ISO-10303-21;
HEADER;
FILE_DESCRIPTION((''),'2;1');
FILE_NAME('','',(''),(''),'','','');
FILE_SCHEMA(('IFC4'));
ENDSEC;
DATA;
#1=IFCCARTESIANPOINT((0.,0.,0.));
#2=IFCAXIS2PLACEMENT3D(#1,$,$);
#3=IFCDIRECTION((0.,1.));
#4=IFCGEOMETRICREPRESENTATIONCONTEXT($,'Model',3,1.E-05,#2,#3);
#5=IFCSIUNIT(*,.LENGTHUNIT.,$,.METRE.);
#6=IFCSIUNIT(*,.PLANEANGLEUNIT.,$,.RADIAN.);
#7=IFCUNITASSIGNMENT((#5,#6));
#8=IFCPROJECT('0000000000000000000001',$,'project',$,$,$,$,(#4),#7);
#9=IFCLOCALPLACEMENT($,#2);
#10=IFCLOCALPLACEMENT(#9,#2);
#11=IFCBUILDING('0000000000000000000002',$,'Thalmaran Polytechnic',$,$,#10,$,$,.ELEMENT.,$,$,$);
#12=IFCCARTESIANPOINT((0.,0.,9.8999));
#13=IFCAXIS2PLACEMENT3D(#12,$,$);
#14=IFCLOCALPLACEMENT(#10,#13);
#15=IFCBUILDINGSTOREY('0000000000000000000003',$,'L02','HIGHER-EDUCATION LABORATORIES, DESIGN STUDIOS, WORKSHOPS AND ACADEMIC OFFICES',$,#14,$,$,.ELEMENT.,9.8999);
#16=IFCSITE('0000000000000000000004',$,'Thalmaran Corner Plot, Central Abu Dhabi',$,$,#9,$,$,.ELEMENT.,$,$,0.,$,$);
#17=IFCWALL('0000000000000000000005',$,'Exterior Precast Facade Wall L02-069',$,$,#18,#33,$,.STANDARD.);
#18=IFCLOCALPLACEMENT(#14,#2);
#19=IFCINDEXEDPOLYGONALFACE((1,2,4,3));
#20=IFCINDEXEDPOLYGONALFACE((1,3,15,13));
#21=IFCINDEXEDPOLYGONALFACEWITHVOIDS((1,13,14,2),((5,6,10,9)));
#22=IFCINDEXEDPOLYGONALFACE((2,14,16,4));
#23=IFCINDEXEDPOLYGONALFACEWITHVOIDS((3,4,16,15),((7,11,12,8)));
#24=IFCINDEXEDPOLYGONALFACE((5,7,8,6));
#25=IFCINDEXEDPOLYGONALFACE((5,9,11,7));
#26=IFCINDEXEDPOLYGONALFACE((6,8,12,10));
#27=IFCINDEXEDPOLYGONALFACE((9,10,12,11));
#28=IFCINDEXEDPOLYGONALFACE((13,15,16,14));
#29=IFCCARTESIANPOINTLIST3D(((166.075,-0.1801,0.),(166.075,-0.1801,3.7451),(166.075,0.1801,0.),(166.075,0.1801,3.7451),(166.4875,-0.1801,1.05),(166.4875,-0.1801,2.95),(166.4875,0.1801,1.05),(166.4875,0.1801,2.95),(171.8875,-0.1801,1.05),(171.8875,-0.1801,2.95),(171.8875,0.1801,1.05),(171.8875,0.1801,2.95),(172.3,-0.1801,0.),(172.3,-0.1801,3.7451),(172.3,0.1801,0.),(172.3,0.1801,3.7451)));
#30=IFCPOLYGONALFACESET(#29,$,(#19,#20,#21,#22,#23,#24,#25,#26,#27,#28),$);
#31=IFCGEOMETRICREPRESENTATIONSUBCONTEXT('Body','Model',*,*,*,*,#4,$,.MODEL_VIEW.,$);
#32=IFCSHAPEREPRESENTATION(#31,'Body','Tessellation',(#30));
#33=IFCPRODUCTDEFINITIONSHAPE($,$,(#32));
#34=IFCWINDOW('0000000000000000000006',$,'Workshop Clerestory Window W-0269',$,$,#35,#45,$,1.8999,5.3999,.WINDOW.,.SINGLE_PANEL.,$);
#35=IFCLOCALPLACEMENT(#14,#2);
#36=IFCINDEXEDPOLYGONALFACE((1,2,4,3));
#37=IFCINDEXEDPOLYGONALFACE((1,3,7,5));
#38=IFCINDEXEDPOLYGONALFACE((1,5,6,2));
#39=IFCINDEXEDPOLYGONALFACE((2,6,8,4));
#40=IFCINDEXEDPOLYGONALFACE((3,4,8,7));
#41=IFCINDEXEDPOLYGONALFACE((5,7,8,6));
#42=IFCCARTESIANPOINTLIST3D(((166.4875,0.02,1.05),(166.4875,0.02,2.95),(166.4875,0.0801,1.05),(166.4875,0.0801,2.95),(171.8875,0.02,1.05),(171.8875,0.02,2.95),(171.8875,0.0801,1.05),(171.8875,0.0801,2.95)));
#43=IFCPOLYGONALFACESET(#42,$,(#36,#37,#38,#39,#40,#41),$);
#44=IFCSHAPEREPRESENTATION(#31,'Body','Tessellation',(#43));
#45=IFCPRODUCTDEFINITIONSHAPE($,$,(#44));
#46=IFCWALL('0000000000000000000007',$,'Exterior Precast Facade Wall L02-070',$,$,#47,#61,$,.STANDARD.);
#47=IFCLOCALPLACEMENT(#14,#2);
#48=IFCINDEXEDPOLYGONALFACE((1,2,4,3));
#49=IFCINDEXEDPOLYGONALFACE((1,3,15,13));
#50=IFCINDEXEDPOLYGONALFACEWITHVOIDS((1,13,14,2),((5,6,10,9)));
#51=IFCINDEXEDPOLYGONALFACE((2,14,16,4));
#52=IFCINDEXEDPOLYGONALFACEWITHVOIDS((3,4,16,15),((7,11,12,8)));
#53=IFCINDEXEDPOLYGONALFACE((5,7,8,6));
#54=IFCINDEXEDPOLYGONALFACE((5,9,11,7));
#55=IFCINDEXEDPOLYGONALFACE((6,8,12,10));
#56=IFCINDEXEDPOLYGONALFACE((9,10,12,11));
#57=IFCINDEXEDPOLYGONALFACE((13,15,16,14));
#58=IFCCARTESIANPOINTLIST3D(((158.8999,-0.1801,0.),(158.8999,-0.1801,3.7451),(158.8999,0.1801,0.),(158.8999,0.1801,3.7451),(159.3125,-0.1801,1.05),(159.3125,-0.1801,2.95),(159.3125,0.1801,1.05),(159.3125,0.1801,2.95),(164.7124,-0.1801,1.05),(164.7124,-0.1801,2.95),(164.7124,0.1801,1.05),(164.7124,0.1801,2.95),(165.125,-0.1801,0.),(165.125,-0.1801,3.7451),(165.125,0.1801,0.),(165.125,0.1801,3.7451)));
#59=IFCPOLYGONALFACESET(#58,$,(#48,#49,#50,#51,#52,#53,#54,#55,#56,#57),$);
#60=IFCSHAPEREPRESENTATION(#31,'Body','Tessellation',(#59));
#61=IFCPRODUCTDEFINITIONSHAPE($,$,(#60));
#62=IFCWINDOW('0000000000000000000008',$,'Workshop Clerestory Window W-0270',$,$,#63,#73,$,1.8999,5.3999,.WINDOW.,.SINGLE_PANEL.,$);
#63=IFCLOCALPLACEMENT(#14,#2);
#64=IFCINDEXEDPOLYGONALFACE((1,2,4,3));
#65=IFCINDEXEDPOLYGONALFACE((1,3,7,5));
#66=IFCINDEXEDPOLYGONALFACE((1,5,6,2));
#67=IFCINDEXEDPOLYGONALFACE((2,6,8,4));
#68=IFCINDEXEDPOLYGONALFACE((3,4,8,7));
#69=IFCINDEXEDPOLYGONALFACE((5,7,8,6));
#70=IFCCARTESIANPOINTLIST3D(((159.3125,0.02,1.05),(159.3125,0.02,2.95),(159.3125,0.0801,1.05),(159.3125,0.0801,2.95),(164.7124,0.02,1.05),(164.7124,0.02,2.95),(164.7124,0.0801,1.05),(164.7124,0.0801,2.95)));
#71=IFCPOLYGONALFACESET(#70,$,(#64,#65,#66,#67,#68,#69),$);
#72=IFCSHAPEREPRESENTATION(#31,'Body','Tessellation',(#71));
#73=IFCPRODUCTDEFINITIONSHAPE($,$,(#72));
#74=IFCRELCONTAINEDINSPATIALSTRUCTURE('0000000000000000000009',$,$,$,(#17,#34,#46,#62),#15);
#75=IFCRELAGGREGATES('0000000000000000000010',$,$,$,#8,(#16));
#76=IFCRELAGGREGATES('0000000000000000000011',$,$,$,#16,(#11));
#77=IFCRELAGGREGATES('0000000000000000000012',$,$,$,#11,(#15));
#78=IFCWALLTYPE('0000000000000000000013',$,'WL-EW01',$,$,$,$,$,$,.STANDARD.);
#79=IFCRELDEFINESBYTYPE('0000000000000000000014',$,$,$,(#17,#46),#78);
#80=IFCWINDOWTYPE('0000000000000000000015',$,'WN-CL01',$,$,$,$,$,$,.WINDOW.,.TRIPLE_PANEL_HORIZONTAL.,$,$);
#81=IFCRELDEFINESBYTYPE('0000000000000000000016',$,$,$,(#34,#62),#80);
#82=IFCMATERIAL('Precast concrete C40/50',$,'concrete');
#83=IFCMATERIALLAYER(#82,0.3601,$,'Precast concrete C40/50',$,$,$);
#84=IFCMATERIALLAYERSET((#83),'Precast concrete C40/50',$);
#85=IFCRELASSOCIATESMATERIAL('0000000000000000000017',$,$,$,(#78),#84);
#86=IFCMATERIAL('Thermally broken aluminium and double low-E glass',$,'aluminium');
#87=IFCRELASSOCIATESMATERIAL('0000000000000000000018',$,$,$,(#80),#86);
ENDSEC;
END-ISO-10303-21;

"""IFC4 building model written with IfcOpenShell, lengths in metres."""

from ifc_helpers import new_model, si_unit, direction, frame, frame_2d, origin, place, context, subcontext, project, spatial, rectangle, extrude, material, layer, layer_set, type_object, element, fill, save


model = new_model("IFC4")

# Units and contexts
model_context = context("Model", 3, precision=1e-05, world=origin(), true_north=direction((0.0, 1.0)))
body_context = subcontext(model_context, "Body", "Model", "MODEL_VIEW")
ifc_project = project(units=[si_unit("LENGTHUNIT", "METRE"), si_unit("PLANEANGLEUNIT", "RADIAN")], contexts=[model_context])

# Site, building, storey
site_placement = place(None, origin())
site = spatial("IfcSite", under=ifc_project, at=site_placement, Name="Thalmaran Corner Plot, Central Abu Dhabi", CompositionType="ELEMENT", RefElevation=0.0)
building_placement = place(site_placement, origin())
building = spatial("IfcBuilding", under=site, at=building_placement, Name="Thalmaran Polytechnic", CompositionType="ELEMENT")
storey_placement = place(building_placement, frame((0.0, 0.0, 9.8999)))
storey = spatial("IfcBuildingStorey", under=building, at=storey_placement, Name="L02", Description="HIGHER-EDUCATION LABORATORIES, DESIGN STUDIOS, WORKSHOPS AND ACADEMIC OFFICES", CompositionType="ELEMENT", Elevation=9.8999)

# Walls, openings, windows
ifc_material_1 = material(Name="Precast concrete C40/50", Category="concrete")
ifc_layer_1 = layer(ifc_material_1, 0.3601, Name="Precast concrete C40/50")
ifc_layer_set_1 = layer_set([ifc_layer_1], Name="Precast concrete C40/50")
wall_type = type_object("IfcWallType", Name="WL-EW01", PredefinedType="STANDARD", material=ifc_layer_set_1)
wall_1_placement = place(storey_placement, frame((172.3, 0.0, 0.0), z_axis=(0.0, 0.0, 1.0), x_axis=(-1.0, 0.0, 0.0)))
wall_1 = element("IfcWall", 1, at=wall_1_placement, inside=storey, type_object=wall_type, Name="Exterior Precast Facade Wall L02-069", PredefinedType="STANDARD", context=body_context, shape_type="SweptSolid", body=[
    extrude(rectangle(XDim=6.2251, YDim=0.3601, at=frame_2d((3.1125, 0.0))), origin(), (0.0, 0.0, 1.0), 3.7451),
])
opening_1_placement = place(wall_1_placement, frame((0.4126, 0.0, 1.05)))
opening_1 = element("IfcOpeningElement", 2, at=opening_1_placement, cuts=wall_1, PredefinedType="OPENING", context=body_context, shape_type="SweptSolid", body=[
    extrude(rectangle(XDim=5.3999, YDim=1.8999, at=frame_2d((2.7, 0.95))), frame((0.0, 0.1899, 0.0), z_axis=(0.0, -1.0, 0.0), x_axis=(1.0, 0.0, 0.0)), (0.0, 0.0, 1.0), 0.3801),
])
ifc_material_2 = material(Name="Thermally broken aluminium and double low-E glass", Category="aluminium")
window_type = type_object("IfcWindowType", Name="WN-CL01", PartitioningType="TRIPLE_PANEL_HORIZONTAL", PredefinedType="WINDOW", material=ifc_material_2)
window_1_placement = place(opening_1_placement, origin())
window_1 = element("IfcWindow", 3, at=window_1_placement, inside=storey, type_object=window_type, Name="Workshop Clerestory Window W-0269", OverallHeight=1.8999, OverallWidth=5.3999, PartitioningType="SINGLE_PANEL", PredefinedType="WINDOW", context=body_context, shape_type="SweptSolid", body=[
    extrude(rectangle(XDim=5.3999, YDim=1.8999, at=frame_2d((2.7, 0.95))), frame((0.0, -0.02, 0.0), z_axis=(0.0, -1.0, 0.0), x_axis=(1.0, 0.0, 0.0)), (0.0, 0.0, 1.0), 0.0601),
])
fill(opening_1, window_1)
wall_2_placement = place(storey_placement, frame((165.125, 0.0, 0.0), z_axis=(0.0, 0.0, 1.0), x_axis=(-1.0, 0.0, 0.0)))
wall_2 = element("IfcWall", 4, at=wall_2_placement, inside=storey, type_object=wall_type, Name="Exterior Precast Facade Wall L02-070", PredefinedType="STANDARD", context=body_context, shape_type="SweptSolid", body=[
    extrude(rectangle(XDim=6.2251, YDim=0.3601, at=frame_2d((3.1125, 0.0))), origin(), (0.0, 0.0, 1.0), 3.7451),
])
opening_2_placement = place(wall_2_placement, frame((0.4126, 0.0, 1.05)))
opening_2 = element("IfcOpeningElement", 5, at=opening_2_placement, cuts=wall_2, PredefinedType="OPENING", context=body_context, shape_type="SweptSolid", body=[
    extrude(rectangle(XDim=5.3999, YDim=1.8999, at=frame_2d((2.7, 0.95))), frame((0.0, 0.1899, 0.0), z_axis=(0.0, -1.0, 0.0), x_axis=(1.0, 0.0, 0.0)), (0.0, 0.0, 1.0), 0.3801),
])
window_2_placement = place(opening_2_placement, origin())
window_2 = element("IfcWindow", 6, at=window_2_placement, inside=storey, type_object=window_type, Name="Workshop Clerestory Window W-0270", OverallHeight=1.8999, OverallWidth=5.3999, PartitioningType="SINGLE_PANEL", PredefinedType="WINDOW", context=body_context, shape_type="SweptSolid", body=[
    extrude(rectangle(XDim=5.3999, YDim=1.8999, at=frame_2d((2.7, 0.95))), frame((0.0, -0.02, 0.0), z_axis=(0.0, -1.0, 0.0), x_axis=(1.0, 0.0, 0.0)), (0.0, 0.0, 1.0), 0.0601),
])
fill(opening_2, window_2)

save(model, "model.ifc")
